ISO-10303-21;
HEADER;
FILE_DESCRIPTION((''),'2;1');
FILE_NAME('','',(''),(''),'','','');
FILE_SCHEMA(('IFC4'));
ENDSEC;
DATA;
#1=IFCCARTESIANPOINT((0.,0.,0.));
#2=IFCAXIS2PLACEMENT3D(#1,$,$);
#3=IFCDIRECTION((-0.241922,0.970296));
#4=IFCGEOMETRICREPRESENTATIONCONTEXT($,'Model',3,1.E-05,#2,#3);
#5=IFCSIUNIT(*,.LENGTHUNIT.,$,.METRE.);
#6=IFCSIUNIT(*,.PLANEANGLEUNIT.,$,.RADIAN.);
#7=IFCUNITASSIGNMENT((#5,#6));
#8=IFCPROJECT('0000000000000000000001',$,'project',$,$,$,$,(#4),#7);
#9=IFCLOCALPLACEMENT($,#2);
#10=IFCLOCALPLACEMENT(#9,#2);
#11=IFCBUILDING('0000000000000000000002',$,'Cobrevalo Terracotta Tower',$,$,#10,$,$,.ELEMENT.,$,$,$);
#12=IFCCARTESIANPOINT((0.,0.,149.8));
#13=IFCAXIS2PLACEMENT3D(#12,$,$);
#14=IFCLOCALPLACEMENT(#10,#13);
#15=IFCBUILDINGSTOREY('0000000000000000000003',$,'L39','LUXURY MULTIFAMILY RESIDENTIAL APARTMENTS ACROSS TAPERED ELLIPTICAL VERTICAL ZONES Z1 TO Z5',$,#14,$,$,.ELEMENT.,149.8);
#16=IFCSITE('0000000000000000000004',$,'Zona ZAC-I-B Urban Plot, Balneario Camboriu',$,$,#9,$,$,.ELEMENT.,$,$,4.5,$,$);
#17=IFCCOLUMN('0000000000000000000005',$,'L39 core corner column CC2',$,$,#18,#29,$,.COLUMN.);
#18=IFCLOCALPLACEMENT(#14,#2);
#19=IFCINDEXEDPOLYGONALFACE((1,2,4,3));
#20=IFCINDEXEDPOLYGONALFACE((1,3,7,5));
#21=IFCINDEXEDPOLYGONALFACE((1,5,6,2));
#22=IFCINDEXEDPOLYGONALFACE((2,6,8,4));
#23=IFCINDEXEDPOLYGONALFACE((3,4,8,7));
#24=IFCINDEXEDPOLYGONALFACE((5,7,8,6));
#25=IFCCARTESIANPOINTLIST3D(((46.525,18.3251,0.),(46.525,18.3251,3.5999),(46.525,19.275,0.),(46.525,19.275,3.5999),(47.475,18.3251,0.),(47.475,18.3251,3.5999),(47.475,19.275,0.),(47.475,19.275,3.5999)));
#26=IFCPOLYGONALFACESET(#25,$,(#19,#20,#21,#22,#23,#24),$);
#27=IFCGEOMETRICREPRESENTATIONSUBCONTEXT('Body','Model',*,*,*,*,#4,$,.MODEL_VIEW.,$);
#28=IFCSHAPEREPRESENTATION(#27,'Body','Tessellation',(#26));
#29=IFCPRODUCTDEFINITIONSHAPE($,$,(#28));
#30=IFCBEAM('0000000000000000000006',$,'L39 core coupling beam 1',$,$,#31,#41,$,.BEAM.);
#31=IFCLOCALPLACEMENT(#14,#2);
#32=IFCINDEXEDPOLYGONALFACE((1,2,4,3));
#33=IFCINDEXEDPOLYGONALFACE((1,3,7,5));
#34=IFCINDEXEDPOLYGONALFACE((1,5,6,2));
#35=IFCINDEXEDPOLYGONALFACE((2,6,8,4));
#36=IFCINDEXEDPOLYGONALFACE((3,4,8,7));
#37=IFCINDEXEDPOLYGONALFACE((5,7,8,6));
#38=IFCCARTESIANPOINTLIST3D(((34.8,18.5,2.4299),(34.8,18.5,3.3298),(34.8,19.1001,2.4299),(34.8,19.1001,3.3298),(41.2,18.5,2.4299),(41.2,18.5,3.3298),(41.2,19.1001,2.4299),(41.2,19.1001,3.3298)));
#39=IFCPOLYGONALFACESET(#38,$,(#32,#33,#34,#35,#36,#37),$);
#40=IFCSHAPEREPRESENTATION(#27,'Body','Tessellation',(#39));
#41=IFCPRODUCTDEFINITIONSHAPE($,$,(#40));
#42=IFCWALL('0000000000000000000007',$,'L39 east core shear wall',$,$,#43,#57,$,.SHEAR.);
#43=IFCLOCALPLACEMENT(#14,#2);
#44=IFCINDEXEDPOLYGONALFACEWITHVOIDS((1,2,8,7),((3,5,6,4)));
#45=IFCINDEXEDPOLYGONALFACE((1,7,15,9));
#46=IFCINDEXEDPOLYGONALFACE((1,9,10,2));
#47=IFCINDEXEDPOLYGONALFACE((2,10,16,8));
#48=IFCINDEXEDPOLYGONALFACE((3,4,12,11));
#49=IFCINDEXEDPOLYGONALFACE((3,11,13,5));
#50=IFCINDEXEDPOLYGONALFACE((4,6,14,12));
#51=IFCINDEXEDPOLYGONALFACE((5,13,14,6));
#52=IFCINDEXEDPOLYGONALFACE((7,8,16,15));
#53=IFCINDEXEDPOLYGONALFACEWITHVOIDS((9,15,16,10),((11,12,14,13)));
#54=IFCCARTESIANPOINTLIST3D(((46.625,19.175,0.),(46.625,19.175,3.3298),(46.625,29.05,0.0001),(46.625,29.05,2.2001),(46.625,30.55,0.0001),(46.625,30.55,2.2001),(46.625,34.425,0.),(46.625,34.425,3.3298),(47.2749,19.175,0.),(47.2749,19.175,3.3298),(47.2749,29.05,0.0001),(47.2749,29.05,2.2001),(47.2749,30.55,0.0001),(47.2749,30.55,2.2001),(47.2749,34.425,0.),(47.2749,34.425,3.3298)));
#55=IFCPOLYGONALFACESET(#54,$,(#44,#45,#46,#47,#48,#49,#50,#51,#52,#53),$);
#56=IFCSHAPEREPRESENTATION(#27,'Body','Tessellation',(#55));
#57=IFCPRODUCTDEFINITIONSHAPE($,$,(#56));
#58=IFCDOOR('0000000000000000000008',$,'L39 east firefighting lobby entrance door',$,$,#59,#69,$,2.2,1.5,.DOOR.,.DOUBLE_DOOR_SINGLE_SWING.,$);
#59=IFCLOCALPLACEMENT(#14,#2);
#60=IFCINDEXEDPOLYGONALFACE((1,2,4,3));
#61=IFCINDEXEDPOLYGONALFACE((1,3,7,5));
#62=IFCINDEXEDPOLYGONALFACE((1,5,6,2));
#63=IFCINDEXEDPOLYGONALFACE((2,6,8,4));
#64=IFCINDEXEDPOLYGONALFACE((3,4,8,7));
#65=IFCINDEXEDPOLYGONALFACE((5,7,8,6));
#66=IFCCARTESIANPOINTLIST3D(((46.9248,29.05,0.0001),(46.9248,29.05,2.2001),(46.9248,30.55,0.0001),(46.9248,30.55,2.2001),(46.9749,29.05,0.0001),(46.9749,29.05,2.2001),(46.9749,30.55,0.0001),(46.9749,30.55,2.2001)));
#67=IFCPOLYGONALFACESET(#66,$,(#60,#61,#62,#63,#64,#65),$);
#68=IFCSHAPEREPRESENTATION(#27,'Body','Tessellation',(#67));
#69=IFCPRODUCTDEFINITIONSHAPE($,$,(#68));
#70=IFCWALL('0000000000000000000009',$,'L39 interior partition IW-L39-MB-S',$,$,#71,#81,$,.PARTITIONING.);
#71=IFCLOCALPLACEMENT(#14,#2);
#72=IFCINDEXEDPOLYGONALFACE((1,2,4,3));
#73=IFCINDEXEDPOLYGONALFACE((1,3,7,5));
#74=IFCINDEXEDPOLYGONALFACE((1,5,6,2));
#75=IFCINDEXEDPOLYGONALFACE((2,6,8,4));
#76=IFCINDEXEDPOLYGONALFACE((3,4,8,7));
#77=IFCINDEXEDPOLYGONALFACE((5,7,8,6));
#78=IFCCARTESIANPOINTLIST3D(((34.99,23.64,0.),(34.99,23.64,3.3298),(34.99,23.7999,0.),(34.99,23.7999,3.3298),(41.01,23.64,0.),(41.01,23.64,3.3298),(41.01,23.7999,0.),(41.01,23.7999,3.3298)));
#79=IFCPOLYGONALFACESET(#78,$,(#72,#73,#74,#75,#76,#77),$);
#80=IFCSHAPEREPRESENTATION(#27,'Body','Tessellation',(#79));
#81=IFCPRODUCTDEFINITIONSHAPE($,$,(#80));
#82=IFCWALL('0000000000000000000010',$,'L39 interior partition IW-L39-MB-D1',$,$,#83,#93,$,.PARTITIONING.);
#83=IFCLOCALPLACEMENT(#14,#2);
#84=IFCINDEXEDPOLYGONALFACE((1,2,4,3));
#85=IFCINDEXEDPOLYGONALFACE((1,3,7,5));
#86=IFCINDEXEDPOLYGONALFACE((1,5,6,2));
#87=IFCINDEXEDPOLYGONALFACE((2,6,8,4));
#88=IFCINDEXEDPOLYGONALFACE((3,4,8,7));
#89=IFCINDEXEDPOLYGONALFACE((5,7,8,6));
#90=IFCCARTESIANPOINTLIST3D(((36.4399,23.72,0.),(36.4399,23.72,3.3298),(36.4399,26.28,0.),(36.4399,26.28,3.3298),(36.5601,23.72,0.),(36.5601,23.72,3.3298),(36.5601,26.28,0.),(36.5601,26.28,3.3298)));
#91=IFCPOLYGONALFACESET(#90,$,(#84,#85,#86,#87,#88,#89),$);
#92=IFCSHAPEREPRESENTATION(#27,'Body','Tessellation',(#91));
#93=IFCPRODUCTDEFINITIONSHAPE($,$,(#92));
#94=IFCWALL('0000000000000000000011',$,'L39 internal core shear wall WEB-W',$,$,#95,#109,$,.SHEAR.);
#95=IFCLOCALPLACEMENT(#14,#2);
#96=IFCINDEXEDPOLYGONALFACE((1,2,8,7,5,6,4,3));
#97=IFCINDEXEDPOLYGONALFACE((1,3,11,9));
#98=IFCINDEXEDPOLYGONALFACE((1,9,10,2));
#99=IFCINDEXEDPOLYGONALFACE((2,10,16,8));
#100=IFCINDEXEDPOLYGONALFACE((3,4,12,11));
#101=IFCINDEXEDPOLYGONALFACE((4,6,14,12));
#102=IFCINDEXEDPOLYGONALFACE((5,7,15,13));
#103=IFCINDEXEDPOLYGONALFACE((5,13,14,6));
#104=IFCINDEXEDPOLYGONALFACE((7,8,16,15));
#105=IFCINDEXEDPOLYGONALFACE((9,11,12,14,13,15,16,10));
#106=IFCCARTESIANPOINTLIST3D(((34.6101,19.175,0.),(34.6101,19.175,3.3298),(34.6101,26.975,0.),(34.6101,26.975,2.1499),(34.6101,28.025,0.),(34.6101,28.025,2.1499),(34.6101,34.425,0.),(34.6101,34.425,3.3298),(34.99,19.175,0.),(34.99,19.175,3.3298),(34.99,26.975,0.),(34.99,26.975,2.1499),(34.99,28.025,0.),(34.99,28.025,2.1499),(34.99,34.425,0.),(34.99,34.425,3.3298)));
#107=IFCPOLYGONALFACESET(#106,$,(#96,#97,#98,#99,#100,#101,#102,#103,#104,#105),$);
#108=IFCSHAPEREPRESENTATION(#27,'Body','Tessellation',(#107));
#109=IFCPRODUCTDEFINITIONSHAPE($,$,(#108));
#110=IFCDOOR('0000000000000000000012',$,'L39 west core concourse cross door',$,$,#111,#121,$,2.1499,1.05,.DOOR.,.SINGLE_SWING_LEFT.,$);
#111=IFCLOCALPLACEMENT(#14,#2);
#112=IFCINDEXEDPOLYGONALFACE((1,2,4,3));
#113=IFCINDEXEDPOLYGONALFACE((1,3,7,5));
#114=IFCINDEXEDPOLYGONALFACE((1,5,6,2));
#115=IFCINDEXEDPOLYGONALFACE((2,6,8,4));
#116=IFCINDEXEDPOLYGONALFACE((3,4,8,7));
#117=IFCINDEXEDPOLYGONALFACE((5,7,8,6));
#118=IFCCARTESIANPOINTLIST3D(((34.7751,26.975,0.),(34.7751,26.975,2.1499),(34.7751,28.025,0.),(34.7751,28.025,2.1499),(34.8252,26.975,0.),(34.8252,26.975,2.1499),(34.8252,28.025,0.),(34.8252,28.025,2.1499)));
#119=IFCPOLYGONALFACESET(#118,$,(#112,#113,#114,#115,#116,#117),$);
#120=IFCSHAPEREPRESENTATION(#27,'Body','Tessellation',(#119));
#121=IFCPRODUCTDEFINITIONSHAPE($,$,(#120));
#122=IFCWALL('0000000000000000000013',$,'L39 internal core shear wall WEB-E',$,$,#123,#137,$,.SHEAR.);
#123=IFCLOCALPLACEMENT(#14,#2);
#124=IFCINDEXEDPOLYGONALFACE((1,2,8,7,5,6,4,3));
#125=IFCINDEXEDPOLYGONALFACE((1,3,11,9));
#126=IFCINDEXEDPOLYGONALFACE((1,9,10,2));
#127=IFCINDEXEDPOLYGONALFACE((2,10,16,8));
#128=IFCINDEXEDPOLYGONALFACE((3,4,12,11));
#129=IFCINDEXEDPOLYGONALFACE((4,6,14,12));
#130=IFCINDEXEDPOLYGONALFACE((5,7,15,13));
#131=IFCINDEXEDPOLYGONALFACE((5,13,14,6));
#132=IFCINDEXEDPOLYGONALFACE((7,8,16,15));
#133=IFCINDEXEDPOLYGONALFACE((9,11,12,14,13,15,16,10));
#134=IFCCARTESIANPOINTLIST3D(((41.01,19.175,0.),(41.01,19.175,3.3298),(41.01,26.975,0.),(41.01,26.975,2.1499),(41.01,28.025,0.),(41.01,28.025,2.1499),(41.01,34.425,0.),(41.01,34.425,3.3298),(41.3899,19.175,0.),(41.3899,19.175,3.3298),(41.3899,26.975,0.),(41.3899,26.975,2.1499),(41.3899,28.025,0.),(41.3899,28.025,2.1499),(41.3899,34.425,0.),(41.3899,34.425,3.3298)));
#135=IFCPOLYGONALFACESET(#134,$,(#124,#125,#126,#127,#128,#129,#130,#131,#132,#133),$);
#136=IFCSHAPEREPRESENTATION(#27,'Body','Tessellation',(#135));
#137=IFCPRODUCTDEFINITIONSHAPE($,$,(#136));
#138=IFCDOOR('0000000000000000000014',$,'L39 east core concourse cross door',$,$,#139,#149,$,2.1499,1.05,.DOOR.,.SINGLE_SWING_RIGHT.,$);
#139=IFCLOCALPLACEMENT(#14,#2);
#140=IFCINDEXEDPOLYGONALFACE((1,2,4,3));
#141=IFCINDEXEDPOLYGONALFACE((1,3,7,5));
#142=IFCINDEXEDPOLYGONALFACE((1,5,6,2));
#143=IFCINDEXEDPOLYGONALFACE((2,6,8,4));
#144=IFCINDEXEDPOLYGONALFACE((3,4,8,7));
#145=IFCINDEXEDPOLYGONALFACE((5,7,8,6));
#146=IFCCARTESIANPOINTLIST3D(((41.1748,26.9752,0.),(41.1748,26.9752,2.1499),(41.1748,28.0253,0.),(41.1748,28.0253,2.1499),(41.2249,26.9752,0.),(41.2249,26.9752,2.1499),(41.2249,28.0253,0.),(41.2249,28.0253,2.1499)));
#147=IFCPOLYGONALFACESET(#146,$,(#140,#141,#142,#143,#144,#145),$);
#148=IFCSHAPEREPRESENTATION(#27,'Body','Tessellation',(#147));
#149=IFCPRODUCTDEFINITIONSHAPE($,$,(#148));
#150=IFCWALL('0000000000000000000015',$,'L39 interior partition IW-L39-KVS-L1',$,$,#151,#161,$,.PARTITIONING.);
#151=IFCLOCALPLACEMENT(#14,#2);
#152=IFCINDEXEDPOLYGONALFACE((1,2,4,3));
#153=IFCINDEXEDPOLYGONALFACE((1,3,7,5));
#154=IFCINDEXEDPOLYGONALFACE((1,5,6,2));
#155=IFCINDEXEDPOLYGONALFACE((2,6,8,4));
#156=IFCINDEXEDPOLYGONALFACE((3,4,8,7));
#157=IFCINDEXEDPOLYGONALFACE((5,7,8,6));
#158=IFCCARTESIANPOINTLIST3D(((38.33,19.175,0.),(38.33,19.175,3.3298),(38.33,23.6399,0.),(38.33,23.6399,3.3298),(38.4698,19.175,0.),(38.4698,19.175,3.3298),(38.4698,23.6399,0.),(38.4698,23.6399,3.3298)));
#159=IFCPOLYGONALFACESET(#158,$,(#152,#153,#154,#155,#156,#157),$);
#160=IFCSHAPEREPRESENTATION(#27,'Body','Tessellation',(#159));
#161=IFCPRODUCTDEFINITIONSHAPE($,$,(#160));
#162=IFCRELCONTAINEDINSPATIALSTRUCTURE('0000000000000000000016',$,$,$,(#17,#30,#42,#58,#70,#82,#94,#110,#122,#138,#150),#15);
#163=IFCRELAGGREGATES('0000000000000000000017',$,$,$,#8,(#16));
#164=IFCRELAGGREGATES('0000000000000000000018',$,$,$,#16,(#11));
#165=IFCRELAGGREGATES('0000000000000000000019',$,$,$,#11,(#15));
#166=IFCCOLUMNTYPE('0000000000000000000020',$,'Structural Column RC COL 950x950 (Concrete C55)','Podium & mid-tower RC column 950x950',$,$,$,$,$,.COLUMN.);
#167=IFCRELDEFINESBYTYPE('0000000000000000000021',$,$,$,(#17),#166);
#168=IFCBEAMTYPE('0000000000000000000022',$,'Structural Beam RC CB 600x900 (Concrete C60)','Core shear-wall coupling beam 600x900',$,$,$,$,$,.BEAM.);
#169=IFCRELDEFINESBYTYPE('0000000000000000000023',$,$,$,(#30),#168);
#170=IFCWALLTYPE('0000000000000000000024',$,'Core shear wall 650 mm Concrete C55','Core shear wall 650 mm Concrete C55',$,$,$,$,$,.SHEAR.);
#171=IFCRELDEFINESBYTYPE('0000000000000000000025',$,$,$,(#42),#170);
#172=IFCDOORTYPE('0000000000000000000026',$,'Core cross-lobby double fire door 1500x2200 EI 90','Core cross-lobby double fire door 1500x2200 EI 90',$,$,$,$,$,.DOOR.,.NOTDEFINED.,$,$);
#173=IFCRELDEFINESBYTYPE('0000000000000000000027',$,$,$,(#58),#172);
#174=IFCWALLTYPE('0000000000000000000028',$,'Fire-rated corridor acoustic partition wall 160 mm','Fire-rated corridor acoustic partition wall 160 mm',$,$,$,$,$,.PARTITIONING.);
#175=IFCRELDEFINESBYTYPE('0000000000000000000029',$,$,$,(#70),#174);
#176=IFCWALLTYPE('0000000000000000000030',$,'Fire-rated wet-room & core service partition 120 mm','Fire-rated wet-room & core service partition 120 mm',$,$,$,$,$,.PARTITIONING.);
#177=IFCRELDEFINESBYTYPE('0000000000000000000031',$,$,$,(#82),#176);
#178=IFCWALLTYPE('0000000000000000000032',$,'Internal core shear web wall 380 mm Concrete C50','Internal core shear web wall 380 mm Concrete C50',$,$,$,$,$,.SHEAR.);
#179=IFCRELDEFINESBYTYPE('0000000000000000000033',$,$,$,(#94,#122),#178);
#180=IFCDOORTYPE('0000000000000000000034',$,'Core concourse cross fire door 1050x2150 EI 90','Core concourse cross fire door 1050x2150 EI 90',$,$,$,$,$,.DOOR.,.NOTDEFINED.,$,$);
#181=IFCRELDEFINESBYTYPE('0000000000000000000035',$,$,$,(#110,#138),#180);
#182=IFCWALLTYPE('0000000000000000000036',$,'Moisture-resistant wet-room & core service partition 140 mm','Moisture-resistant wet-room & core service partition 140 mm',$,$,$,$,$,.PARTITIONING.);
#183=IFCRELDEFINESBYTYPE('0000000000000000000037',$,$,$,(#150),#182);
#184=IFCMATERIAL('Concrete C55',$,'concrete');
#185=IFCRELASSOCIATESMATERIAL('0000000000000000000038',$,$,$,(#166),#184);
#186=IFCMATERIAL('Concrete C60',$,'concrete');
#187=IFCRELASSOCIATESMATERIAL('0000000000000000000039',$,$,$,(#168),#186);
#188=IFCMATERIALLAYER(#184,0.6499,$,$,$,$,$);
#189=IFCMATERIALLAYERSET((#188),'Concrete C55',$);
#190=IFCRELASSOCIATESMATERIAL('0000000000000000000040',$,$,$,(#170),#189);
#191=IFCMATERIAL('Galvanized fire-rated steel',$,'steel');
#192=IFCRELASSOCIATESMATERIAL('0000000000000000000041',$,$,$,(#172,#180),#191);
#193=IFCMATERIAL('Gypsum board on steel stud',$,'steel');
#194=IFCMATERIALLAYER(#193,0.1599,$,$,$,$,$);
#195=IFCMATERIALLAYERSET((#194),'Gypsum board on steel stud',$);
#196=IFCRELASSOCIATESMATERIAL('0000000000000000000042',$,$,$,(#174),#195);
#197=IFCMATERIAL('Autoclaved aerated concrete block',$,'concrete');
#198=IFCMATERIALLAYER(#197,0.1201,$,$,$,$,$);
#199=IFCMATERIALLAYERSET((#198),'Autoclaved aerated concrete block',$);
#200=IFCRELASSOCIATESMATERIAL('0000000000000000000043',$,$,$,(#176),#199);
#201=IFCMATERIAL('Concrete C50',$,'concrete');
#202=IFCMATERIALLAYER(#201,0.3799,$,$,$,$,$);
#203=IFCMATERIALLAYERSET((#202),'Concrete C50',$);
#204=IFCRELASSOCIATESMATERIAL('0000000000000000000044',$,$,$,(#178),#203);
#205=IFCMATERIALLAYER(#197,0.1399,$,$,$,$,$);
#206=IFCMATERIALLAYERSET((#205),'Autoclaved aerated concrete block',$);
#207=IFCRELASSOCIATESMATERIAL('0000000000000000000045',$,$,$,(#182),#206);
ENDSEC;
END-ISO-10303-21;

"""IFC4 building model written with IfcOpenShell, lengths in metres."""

from ifc_helpers import new_model, si_unit, direction, frame, frame_2d, origin, origin_2d, place, context, subcontext, project, spatial, rectangle, extrude, source, transform, mapped, material, layer, layer_set, material_profile, profile_set, type_object, element, fill, save


model = new_model("IFC4")

# Units and contexts
model_context = context("Model", 3, precision=1e-05, world=origin(), true_north=direction((-0.241922, 0.970296)))
body_context = subcontext(model_context, "Body", "Model", "MODEL_VIEW")
ifc_project = project(units=[si_unit("LENGTHUNIT", "METRE"), si_unit("PLANEANGLEUNIT", "RADIAN")], contexts=[model_context])

# Site, building, storey
site_placement = place(None, origin())
site = spatial("IfcSite", under=ifc_project, at=site_placement, Name="Zona ZAC-I-B Urban Plot, Balneario Camboriu", CompositionType="ELEMENT", RefElevation=4.5)
building_placement = place(site_placement, origin())
building = spatial("IfcBuilding", under=site, at=building_placement, Name="Cobrevalo Terracotta Tower", CompositionType="ELEMENT")
storey_placement = place(building_placement, frame((0.0, 0.0, 149.8)))
storey = spatial("IfcBuildingStorey", under=building, at=storey_placement, Name="L39", Description="LUXURY MULTIFAMILY RESIDENTIAL APARTMENTS ACROSS TAPERED ELLIPTICAL VERTICAL ZONES Z1 TO Z5", CompositionType="ELEMENT", Elevation=149.8)

# Column
ifc_material_1 = material(Name="Concrete C55", Category="concrete")
ifc_material_profile_1 = material_profile(ifc_material_1, rectangle(XDim=0.95, YDim=0.95, at=origin_2d()), Name="RC COL 950x950")
ifc_profile_set_1 = profile_set([ifc_material_profile_1], Name="Concrete C55")
column_type = type_object("IfcColumnType", Name="Structural Column RC COL 950x950 (Concrete C55)", Description="Podium & mid-tower RC column 950x950", PredefinedType="COLUMN", material=ifc_profile_set_1)
column_placement = place(storey_placement, frame((47.0, 18.8, 0.0), z_axis=(0.0, 0.0, 1.0), x_axis=(1.0, 0.0, 0.0)))
element("IfcColumn", 1, at=column_placement, inside=storey, type_object=column_type, Name="L39 core corner column CC2", PredefinedType="COLUMN", context=body_context, shape_type="SweptSolid", body=[
    extrude(rectangle(XDim=0.95, YDim=0.95, at=origin_2d()), origin(), (0.0, 0.0, 1.0), 3.5999),
])

# Beam
ifc_material_2 = material(Name="Concrete C60", Category="concrete")
ifc_material_profile_2 = material_profile(ifc_material_2, rectangle(XDim=0.6001, YDim=0.8999, at=origin_2d()), Name="RC CB 600x900")
ifc_profile_set_2 = profile_set([ifc_material_profile_2], Name="Concrete C60")
beam_type = type_object("IfcBeamType", Name="Structural Beam RC CB 600x900 (Concrete C60)", Description="Core shear-wall coupling beam 600x900", PredefinedType="BEAM", material=ifc_profile_set_2)
beam_placement = place(storey_placement, frame((34.8, 18.8, 2.8799), z_axis=(1.0, 0.0, 0.0), x_axis=(0.0, 1.0, 0.0)))
element("IfcBeam", 2, at=beam_placement, inside=storey, type_object=beam_type, Name="L39 core coupling beam 1", PredefinedType="BEAM", context=body_context, shape_type="SweptSolid", body=[
    extrude(rectangle(XDim=0.6001, YDim=0.8999, at=origin_2d()), origin(), (0.0, 0.0, 1.0), 6.3999),
])

# Wall, opening, door
ifc_layer_1 = layer(ifc_material_1, 0.6499)
ifc_layer_set_1 = layer_set([ifc_layer_1], Name="Concrete C55")
wall_type_1 = type_object("IfcWallType", Name="Core shear wall 650 mm Concrete C55", Description="Core shear wall 650 mm Concrete C55", PredefinedType="SHEAR", material=ifc_layer_set_1)
wall_1_placement = place(storey_placement, frame((46.95, 19.175, 0.0), z_axis=(0.0, 0.0, 1.0), x_axis=(0.0, 1.0, 0.0)))
wall_1 = element("IfcWall", 3, at=wall_1_placement, inside=storey, type_object=wall_type_1, Name="L39 east core shear wall", PredefinedType="SHEAR", context=body_context, shape_type="SweptSolid", body=[
    extrude(rectangle(XDim=15.25, YDim=0.6499, at=frame_2d((7.625, 0.0))), origin(), (0.0, 0.0, 1.0), 3.3298),
])
opening_1_placement = place(wall_1_placement, frame((9.875, 0.0, 0.0)))
opening_1 = element("IfcOpeningElement", 4, at=opening_1_placement, cuts=wall_1, PredefinedType="OPENING", context=body_context, shape_type="SweptSolid", body=[
    extrude(rectangle(XDim=1.5, YDim=2.2, at=frame_2d((0.75, 1.1001))), frame((0.0, 0.335, 0.0), z_axis=(0.0, -1.0, 0.0), x_axis=(1.0, 0.0, 0.0)), (0.0, 0.0, 1.0), 0.6699),
])
ifc_material_3 = material(Name="Galvanized fire-rated steel", Category="steel")
door_type_1 = type_object("IfcDoorType", Name="Core cross-lobby double fire door 1500x2200 EI 90", Description="Core cross-lobby double fire door 1500x2200 EI 90", OperationType="NOTDEFINED", PredefinedType="DOOR", material=ifc_material_3)
shared_shape_1 = source(origin(), body_context, "Body", "SweptSolid", [
    extrude(rectangle(XDim=1.5, YDim=2.2, at=frame_2d((0.75, 1.1001))), frame((0.0, 0.0249, 0.0), z_axis=(0.0, -1.0, 0.0), x_axis=(1.0, 0.0, 0.0)), (0.0, 0.0, 1.0), 0.05),
])
door_1_placement = place(opening_1_placement, frame((1.5, 0.0, 0.0), z_axis=(0.0, 0.0, 1.0), x_axis=(-1.0, 0.0, 0.0)))
door_1 = element("IfcDoor", 5, at=door_1_placement, inside=storey, type_object=door_type_1, Name="L39 east firefighting lobby entrance door", OperationType="DOUBLE_DOOR_SINGLE_SWING", OverallHeight=2.2, OverallWidth=1.5, PredefinedType="DOOR", context=body_context, shape_type="MappedRepresentation", body=[
    mapped(shared_shape_1, transform((0.0, 0.0, 0.0), scale=1.0)),
])
fill(opening_1, door_1)

# Walls
ifc_material_4 = material(Name="Gypsum board on steel stud", Category="steel")
ifc_layer_2 = layer(ifc_material_4, 0.1599)
ifc_layer_set_2 = layer_set([ifc_layer_2], Name="Gypsum board on steel stud")
wall_type_2 = type_object("IfcWallType", Name="Fire-rated corridor acoustic partition wall 160 mm", Description="Fire-rated corridor acoustic partition wall 160 mm", PredefinedType="PARTITIONING", material=ifc_layer_set_2)
wall_2_placement = place(storey_placement, frame((34.99, 23.72, 0.0), z_axis=(0.0, 0.0, 1.0), x_axis=(1.0, 0.0, 0.0)))
element("IfcWall", 6, at=wall_2_placement, inside=storey, type_object=wall_type_2, Name="L39 interior partition IW-L39-MB-S", PredefinedType="PARTITIONING", context=body_context, shape_type="SweptSolid", body=[
    extrude(rectangle(XDim=6.02, YDim=0.1599, at=frame_2d((3.01, 0.0))), origin(), (0.0, 0.0, 1.0), 3.3298),
])
ifc_material_5 = material(Name="Autoclaved aerated concrete block", Category="concrete")
ifc_layer_3 = layer(ifc_material_5, 0.1201)
ifc_layer_set_3 = layer_set([ifc_layer_3], Name="Autoclaved aerated concrete block")
wall_type_3 = type_object("IfcWallType", Name="Fire-rated wet-room & core service partition 120 mm", Description="Fire-rated wet-room & core service partition 120 mm", PredefinedType="PARTITIONING", material=ifc_layer_set_3)
wall_3_placement = place(storey_placement, frame((36.5, 23.72, 0.0), z_axis=(0.0, 0.0, 1.0), x_axis=(0.0, 1.0, 0.0)))
element("IfcWall", 7, at=wall_3_placement, inside=storey, type_object=wall_type_3, Name="L39 interior partition IW-L39-MB-D1", PredefinedType="PARTITIONING", context=body_context, shape_type="SweptSolid", body=[
    extrude(rectangle(XDim=2.5601, YDim=0.1201, at=frame_2d((1.28, 0.0))), origin(), (0.0, 0.0, 1.0), 3.3298),
])

# Walls, openings, doors
ifc_material_6 = material(Name="Concrete C50", Category="concrete")
ifc_layer_4 = layer(ifc_material_6, 0.3799)
ifc_layer_set_4 = layer_set([ifc_layer_4], Name="Concrete C50")
wall_type_4 = type_object("IfcWallType", Name="Internal core shear web wall 380 mm Concrete C50", Description="Internal core shear web wall 380 mm Concrete C50", PredefinedType="SHEAR", material=ifc_layer_set_4)
wall_4_placement = place(storey_placement, frame((34.8, 19.175, 0.0), z_axis=(0.0, 0.0, 1.0), x_axis=(0.0, 1.0, 0.0)))
wall_4 = element("IfcWall", 8, at=wall_4_placement, inside=storey, type_object=wall_type_4, Name="L39 internal core shear wall WEB-W", PredefinedType="SHEAR", context=body_context, shape_type="SweptSolid", body=[
    extrude(rectangle(XDim=15.25, YDim=0.3799, at=frame_2d((7.625, 0.0))), origin(), (0.0, 0.0, 1.0), 3.3298),
])
opening_2_placement = place(wall_4_placement, frame((7.8, 0.0, 0.0)))
opening_2 = element("IfcOpeningElement", 9, at=opening_2_placement, cuts=wall_4, PredefinedType="OPENING", context=body_context, shape_type="SweptSolid", body=[
    extrude(rectangle(XDim=1.05, YDim=2.1499, at=frame_2d((0.5249, 1.075))), frame((0.0, 0.2, 0.0), z_axis=(0.0, -1.0, 0.0), x_axis=(1.0, 0.0, 0.0)), (0.0, 0.0, 1.0), 0.3999),
])
door_type_2 = type_object("IfcDoorType", Name="Core concourse cross fire door 1050x2150 EI 90", Description="Core concourse cross fire door 1050x2150 EI 90", OperationType="NOTDEFINED", PredefinedType="DOOR", material=ifc_material_3)
shared_shape_2 = source(origin(), body_context, "Body", "SweptSolid", [
    extrude(rectangle(XDim=1.05, YDim=2.1499, at=frame_2d((0.5249, 1.075))), frame((0.0, 0.0249, 0.0), z_axis=(0.0, -1.0, 0.0), x_axis=(1.0, 0.0, 0.0)), (0.0, 0.0, 1.0), 0.05),
])
door_2_placement = place(opening_2_placement, origin())
door_2 = element("IfcDoor", 10, at=door_2_placement, inside=storey, type_object=door_type_2, Name="L39 west core concourse cross door", OperationType="SINGLE_SWING_LEFT", OverallHeight=2.1499, OverallWidth=1.05, PredefinedType="DOOR", context=body_context, shape_type="MappedRepresentation", body=[
    mapped(shared_shape_2, transform((0.0, 0.0, 0.0), scale=1.0)),
])
fill(opening_2, door_2)
wall_5_placement = place(storey_placement, frame((41.2, 19.175, 0.0), z_axis=(0.0, 0.0, 1.0), x_axis=(0.0, 1.0, 0.0)))
wall_5 = element("IfcWall", 11, at=wall_5_placement, inside=storey, type_object=wall_type_4, Name="L39 internal core shear wall WEB-E", PredefinedType="SHEAR", context=body_context, shape_type="SweptSolid", body=[
    extrude(rectangle(XDim=15.25, YDim=0.3799, at=frame_2d((7.625, 0.0))), origin(), (0.0, 0.0, 1.0), 3.3298),
])
opening_3_placement = place(wall_5_placement, frame((7.8, 0.0, 0.0)))
opening_3 = element("IfcOpeningElement", 12, at=opening_3_placement, cuts=wall_5, PredefinedType="OPENING", context=body_context, shape_type="SweptSolid", body=[
    extrude(rectangle(XDim=1.05, YDim=2.1499, at=frame_2d((0.5249, 1.075))), frame((0.0, 0.2, 0.0), z_axis=(0.0, -1.0, 0.0), x_axis=(1.0, 0.0, 0.0)), (0.0, 0.0, 1.0), 0.3999),
])
door_3_placement = place(opening_3_placement, frame((1.05, 0.0, 0.0), z_axis=(0.0, 0.0, 1.0), x_axis=(-1.0, 0.0, 0.0)))
door_3 = element("IfcDoor", 13, at=door_3_placement, inside=storey, type_object=door_type_2, Name="L39 east core concourse cross door", OperationType="SINGLE_SWING_RIGHT", OverallHeight=2.1499, OverallWidth=1.05, PredefinedType="DOOR", context=body_context, shape_type="MappedRepresentation", body=[
    mapped(shared_shape_2, transform((0.0, 0.0, 0.0), scale=1.0)),
])
fill(opening_3, door_3)

# Wall
ifc_layer_5 = layer(ifc_material_5, 0.1399)
ifc_layer_set_5 = layer_set([ifc_layer_5], Name="Autoclaved aerated concrete block")
wall_type_5 = type_object("IfcWallType", Name="Moisture-resistant wet-room & core service partition 140 mm", Description="Moisture-resistant wet-room & core service partition 140 mm", PredefinedType="PARTITIONING", material=ifc_layer_set_5)
wall_6_placement = place(storey_placement, frame((38.3999, 19.175, 0.0), z_axis=(0.0, 0.0, 1.0), x_axis=(0.0, 1.0, 0.0)))
element("IfcWall", 14, at=wall_6_placement, inside=storey, type_object=wall_type_5, Name="L39 interior partition IW-L39-KVS-L1", PredefinedType="PARTITIONING", context=body_context, shape_type="SweptSolid", body=[
    extrude(rectangle(XDim=4.4648, YDim=0.1399, at=frame_2d((2.2324, 0.0))), origin(), (0.0, 0.0, 1.0), 3.3298),
])

save(model, "model.ifc")
